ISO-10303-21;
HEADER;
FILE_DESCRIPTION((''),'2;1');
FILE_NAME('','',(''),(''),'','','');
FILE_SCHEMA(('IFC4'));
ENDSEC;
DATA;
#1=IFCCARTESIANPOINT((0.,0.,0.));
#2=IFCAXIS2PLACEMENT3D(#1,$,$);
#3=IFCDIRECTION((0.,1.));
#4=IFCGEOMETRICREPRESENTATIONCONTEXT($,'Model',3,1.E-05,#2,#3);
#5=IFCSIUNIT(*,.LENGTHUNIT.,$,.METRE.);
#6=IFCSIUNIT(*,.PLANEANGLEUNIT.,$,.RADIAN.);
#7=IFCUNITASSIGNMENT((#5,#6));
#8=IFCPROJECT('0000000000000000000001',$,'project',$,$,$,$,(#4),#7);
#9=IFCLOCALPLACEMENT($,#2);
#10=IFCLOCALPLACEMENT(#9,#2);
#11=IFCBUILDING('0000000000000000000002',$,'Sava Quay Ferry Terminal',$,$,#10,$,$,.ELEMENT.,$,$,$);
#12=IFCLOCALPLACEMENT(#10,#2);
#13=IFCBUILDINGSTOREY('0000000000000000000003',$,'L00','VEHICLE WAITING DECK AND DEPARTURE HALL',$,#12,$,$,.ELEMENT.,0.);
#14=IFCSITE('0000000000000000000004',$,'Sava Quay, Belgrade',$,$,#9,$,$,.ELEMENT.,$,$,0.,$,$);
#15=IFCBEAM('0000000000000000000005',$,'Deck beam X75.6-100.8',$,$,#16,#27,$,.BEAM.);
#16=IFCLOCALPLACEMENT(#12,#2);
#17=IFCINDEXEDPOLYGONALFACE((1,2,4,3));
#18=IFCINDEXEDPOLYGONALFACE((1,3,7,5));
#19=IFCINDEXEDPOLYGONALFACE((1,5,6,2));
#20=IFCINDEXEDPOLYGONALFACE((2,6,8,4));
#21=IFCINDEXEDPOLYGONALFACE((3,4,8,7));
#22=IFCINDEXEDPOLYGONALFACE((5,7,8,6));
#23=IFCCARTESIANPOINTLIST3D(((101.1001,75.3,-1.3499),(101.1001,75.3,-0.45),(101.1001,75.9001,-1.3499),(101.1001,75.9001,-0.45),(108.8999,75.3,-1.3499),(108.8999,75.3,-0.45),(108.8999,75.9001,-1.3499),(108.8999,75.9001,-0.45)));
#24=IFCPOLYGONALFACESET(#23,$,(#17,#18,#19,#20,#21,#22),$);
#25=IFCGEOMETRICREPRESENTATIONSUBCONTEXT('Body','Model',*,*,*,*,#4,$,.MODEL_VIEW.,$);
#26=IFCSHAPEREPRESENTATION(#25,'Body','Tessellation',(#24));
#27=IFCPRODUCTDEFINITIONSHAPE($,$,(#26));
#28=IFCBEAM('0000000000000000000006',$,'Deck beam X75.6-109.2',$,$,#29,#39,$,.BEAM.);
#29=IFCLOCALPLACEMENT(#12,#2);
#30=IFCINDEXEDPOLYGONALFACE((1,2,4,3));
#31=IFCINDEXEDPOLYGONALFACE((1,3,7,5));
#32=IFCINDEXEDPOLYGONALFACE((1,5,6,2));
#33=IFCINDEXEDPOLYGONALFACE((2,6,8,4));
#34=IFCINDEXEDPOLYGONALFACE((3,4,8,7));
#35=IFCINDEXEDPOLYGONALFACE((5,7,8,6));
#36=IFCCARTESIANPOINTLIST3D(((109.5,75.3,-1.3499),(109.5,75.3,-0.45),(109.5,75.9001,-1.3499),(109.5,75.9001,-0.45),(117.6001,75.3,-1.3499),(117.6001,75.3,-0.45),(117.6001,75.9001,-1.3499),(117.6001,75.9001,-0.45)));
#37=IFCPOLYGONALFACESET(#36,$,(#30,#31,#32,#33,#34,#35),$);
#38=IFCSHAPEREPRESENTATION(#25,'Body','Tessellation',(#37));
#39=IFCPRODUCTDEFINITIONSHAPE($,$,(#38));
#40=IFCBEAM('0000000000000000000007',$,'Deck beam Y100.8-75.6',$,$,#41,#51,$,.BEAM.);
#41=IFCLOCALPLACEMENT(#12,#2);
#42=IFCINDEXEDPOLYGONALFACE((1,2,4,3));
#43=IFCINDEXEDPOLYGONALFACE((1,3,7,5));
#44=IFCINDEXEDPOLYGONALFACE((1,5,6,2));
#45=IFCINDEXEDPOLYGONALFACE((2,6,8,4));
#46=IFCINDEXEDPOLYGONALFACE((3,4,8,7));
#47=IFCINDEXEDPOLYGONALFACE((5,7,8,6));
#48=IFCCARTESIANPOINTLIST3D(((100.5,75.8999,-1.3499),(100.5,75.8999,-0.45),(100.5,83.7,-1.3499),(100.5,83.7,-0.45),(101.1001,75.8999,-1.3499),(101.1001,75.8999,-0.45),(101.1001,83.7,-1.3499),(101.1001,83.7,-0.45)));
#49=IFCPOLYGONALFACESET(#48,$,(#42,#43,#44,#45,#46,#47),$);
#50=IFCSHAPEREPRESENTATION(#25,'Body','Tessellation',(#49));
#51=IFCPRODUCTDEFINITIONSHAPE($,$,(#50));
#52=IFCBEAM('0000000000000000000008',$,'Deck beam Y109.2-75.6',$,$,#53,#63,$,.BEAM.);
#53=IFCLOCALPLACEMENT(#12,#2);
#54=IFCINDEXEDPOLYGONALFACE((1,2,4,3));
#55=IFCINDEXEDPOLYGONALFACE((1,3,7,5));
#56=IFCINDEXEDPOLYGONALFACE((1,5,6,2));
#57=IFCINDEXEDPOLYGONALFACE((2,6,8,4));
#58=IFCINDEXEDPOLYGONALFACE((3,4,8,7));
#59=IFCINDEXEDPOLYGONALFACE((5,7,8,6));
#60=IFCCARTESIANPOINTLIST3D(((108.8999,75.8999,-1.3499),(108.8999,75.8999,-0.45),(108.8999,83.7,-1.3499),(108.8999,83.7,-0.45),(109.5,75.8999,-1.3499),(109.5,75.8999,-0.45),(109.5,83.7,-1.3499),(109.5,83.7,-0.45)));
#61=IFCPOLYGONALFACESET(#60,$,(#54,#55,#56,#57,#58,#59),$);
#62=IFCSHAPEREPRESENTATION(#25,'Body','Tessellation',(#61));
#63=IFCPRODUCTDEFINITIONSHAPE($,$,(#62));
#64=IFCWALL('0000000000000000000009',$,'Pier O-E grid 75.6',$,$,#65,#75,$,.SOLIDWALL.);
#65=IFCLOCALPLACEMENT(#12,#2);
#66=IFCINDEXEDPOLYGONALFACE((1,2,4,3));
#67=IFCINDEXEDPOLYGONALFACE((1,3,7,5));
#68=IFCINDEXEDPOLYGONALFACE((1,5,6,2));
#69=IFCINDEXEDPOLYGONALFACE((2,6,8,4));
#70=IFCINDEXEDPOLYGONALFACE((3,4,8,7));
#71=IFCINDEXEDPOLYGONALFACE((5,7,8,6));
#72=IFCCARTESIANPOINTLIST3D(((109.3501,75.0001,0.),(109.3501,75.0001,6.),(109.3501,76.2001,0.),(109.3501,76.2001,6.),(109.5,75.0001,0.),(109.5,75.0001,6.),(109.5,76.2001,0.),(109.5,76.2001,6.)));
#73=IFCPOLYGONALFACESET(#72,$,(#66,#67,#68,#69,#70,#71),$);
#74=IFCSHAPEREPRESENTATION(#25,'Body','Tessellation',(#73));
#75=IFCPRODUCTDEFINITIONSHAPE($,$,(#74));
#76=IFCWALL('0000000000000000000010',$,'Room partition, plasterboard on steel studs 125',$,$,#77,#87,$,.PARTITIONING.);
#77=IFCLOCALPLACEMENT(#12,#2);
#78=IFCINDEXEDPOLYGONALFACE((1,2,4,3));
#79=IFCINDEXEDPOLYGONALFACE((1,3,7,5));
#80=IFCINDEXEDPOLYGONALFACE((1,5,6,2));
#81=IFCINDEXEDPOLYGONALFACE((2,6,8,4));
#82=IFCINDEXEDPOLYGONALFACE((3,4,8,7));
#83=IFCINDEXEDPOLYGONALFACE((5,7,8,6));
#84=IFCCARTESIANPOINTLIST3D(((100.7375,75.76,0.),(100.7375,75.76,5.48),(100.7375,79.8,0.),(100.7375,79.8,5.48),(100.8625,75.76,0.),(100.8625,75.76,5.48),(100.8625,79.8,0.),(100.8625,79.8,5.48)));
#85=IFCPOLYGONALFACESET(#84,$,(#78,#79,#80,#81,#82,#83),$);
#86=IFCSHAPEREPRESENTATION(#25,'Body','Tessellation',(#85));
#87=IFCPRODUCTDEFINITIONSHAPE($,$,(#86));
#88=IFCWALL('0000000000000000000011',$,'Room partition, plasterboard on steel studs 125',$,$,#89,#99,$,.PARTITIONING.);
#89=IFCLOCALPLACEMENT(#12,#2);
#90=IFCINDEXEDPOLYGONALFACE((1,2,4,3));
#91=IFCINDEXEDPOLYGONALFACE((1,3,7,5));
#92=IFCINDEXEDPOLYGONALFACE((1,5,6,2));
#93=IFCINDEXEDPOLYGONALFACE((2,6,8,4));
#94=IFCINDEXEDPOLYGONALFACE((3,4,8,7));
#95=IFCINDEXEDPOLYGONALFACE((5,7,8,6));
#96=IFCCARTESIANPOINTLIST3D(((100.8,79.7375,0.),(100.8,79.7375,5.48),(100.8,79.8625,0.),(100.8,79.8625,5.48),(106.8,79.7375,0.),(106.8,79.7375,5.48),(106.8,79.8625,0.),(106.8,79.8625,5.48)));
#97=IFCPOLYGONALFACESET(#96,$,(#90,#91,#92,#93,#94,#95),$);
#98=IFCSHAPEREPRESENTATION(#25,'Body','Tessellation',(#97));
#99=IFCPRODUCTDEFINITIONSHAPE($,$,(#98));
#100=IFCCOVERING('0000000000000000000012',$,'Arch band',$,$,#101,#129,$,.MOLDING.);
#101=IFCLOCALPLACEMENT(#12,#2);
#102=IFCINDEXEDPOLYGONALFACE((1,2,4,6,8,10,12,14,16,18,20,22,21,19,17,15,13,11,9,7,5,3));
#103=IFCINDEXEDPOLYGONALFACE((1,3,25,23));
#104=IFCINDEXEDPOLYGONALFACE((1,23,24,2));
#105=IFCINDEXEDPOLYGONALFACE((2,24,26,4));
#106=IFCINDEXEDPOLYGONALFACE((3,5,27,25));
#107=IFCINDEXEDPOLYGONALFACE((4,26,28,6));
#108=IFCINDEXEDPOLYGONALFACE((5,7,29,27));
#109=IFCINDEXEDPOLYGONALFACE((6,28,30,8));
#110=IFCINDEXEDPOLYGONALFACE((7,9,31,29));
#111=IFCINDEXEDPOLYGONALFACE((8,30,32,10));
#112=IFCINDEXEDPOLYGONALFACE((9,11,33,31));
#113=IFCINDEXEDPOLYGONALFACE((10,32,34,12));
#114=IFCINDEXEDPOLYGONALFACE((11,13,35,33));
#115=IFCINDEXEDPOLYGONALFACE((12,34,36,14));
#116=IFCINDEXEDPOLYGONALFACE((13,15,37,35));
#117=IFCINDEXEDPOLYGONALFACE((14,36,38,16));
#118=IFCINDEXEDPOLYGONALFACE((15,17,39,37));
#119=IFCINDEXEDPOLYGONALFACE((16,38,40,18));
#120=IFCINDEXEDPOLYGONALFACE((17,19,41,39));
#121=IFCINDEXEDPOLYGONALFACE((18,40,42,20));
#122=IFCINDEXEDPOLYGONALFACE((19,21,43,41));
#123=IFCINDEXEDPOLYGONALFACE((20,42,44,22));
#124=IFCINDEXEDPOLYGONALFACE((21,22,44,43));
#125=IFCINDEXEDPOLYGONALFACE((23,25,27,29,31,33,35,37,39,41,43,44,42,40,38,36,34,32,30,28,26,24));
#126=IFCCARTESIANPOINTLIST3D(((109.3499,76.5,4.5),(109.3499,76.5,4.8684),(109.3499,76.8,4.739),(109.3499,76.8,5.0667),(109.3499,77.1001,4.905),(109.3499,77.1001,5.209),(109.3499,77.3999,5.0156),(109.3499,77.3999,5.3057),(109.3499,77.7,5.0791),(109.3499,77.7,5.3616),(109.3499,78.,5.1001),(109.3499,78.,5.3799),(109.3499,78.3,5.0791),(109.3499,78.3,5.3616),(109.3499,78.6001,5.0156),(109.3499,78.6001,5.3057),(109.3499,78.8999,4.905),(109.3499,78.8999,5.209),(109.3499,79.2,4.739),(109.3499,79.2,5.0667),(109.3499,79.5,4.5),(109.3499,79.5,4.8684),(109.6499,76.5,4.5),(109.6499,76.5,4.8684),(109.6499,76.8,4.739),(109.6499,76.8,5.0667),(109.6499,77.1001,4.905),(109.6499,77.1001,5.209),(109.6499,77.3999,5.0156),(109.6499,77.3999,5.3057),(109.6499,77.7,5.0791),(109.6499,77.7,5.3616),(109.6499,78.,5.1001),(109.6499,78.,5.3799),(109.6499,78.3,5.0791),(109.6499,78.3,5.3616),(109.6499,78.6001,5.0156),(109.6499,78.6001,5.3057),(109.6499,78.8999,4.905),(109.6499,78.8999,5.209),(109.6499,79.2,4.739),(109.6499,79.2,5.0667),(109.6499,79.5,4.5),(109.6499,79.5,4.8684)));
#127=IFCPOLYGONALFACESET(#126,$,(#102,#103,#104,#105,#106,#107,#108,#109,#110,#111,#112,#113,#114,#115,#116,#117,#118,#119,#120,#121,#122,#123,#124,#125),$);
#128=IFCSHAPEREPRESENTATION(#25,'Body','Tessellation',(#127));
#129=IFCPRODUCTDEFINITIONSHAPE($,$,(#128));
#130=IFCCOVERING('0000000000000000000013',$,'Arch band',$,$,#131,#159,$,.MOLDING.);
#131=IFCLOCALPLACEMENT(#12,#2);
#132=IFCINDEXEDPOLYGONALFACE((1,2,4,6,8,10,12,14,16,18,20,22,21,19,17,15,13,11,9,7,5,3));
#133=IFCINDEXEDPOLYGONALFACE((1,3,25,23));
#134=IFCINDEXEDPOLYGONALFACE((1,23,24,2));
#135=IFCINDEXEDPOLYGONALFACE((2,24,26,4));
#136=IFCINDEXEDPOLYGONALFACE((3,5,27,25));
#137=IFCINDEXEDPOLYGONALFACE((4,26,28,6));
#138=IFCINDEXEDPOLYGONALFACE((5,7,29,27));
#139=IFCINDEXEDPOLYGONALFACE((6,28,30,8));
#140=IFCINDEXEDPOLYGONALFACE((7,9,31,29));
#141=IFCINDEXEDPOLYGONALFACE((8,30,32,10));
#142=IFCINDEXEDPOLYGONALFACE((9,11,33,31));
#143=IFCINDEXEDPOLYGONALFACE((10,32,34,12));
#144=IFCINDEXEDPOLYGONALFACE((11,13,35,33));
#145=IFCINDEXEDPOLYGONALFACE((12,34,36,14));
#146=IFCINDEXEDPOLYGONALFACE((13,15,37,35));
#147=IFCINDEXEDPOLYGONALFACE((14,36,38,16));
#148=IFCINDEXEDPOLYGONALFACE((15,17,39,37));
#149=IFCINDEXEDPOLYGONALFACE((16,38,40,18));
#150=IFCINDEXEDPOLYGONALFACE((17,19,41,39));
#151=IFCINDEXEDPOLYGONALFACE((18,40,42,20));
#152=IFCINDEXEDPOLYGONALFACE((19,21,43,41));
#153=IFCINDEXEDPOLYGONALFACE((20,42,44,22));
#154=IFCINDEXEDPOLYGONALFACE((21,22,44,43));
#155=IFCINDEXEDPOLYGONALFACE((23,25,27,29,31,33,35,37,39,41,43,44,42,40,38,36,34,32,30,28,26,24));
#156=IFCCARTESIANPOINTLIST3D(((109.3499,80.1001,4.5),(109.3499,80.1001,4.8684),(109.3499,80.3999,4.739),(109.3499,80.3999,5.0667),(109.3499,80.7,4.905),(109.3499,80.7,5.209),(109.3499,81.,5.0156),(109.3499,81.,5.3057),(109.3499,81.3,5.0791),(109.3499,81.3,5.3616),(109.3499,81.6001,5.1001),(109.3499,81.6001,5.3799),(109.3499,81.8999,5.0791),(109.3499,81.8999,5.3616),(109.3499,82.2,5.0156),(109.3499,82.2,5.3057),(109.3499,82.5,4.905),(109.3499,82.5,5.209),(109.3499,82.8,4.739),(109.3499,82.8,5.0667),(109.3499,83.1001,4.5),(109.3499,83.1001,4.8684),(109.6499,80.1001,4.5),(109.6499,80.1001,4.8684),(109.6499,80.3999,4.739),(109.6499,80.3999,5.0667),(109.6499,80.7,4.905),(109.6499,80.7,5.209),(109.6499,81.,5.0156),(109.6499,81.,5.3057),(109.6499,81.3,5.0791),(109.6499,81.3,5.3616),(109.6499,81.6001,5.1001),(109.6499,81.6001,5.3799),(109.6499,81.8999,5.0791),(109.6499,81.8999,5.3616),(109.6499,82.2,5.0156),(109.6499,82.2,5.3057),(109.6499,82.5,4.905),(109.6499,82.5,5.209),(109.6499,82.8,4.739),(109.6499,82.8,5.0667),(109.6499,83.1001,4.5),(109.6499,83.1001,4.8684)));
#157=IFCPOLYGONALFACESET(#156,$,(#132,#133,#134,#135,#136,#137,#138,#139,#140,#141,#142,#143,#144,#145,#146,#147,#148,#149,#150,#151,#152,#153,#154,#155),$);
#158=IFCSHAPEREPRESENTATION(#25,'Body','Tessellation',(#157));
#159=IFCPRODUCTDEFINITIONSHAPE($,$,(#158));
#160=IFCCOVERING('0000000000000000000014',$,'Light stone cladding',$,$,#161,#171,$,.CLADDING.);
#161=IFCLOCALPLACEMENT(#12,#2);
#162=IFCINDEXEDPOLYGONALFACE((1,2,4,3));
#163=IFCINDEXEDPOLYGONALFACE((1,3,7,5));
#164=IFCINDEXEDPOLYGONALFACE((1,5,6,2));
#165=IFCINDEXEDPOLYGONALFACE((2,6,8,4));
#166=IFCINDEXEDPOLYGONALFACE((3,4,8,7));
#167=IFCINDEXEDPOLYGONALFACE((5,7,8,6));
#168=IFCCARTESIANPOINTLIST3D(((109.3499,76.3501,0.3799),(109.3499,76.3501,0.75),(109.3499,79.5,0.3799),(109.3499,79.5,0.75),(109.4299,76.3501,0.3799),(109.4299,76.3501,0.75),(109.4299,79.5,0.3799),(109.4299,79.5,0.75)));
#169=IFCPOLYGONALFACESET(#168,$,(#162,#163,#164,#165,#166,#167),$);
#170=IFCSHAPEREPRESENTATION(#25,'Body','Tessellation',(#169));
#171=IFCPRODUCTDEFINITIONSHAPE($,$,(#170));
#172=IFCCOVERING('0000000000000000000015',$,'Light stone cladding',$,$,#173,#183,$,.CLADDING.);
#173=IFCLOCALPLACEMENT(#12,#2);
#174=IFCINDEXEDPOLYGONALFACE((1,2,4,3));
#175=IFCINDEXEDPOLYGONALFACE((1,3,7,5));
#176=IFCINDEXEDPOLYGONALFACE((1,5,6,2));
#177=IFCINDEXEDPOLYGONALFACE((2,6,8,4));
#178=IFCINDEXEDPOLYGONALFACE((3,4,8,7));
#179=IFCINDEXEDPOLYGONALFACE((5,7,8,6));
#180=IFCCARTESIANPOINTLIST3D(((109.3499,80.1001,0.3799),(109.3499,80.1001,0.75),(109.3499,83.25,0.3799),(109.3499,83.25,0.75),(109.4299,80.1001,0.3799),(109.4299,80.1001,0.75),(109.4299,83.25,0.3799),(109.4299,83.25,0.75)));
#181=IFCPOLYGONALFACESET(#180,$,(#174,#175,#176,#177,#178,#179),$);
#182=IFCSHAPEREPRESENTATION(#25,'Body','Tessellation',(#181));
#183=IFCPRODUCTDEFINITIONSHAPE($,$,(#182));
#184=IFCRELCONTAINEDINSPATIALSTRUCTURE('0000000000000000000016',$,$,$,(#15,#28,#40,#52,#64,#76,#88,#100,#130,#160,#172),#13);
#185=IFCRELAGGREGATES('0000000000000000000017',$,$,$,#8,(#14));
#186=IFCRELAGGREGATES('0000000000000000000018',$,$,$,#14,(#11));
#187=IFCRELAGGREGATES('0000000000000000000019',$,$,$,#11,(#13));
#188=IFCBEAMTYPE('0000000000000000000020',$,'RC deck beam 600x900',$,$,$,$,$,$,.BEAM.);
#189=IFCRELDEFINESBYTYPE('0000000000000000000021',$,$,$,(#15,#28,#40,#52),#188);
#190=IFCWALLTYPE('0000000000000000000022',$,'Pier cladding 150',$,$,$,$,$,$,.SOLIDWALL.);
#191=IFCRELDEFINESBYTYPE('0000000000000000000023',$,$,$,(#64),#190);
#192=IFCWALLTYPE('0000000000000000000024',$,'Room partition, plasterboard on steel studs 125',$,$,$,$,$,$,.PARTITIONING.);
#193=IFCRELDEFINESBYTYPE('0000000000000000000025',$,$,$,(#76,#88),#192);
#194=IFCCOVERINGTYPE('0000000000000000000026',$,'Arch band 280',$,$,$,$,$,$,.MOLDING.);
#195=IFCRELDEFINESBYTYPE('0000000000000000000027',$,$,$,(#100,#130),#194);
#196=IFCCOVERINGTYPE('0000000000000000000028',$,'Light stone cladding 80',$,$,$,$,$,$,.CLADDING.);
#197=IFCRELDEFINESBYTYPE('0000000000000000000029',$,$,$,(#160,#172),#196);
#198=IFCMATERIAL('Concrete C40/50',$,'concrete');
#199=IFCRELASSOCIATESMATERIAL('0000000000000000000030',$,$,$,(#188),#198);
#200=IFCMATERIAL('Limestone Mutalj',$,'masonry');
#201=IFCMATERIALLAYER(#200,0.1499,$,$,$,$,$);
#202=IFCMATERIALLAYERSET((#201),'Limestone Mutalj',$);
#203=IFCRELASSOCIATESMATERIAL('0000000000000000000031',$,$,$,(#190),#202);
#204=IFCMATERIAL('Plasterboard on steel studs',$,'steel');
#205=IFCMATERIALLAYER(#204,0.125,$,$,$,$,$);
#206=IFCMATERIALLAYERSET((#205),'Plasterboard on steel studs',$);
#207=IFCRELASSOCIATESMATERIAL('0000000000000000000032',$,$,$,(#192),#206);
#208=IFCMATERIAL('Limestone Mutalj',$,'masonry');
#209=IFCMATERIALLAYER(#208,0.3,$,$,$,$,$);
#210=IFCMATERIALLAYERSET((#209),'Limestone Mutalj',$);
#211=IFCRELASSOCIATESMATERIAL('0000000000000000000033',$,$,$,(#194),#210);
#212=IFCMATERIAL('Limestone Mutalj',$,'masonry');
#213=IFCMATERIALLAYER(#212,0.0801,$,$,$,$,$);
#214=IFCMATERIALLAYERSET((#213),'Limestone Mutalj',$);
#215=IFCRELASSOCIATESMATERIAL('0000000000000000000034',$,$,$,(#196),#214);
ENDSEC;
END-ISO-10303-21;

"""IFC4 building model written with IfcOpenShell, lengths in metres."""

from ifc_helpers import new_model, si_unit, direction, frame, frame_2d, origin, origin_2d, place, context, subcontext, project, spatial, polyline, rectangle, outline, extrude, material, layer, layer_set, material_profile, profile_set, type_object, element, save


model = new_model("IFC4")

# Units and contexts
model_context = context("Model", 3, precision=1e-05, world=origin(), true_north=direction((0.0, 1.0)))
body_context = subcontext(model_context, "Body", "Model", "MODEL_VIEW")
ifc_project = project(units=[si_unit("LENGTHUNIT", "METRE"), si_unit("PLANEANGLEUNIT", "RADIAN")], contexts=[model_context])

# Site, building, storey
site_placement = place(None, origin())
site = spatial("IfcSite", under=ifc_project, at=site_placement, Name="Sava Quay, Belgrade", CompositionType="ELEMENT", RefElevation=0.0)
building_placement = place(site_placement, origin())
building = spatial("IfcBuilding", under=site, at=building_placement, Name="Sava Quay Ferry Terminal", CompositionType="ELEMENT")
storey_placement = place(building_placement, origin())
storey = spatial("IfcBuildingStorey", under=building, at=storey_placement, Name="L00", Description="VEHICLE WAITING DECK AND DEPARTURE HALL", CompositionType="ELEMENT", Elevation=0.0)

# Beams
ifc_material_1 = material(Name="Concrete C40/50", Category="concrete")
ifc_material_profile_1 = material_profile(ifc_material_1, rectangle(XDim=0.6001, YDim=0.8999, at=origin_2d()), Name="RC 600x900")
ifc_profile_set_1 = profile_set([ifc_material_profile_1], Name="Concrete C40/50")
beam_type = type_object("IfcBeamType", Name="RC deck beam 600x900", PredefinedType="BEAM", material=ifc_profile_set_1)
beam_1_placement = place(storey_placement, frame((101.1001, 75.6001, -0.8999), z_axis=(1.0, 0.0, 0.0), x_axis=(0.0, 1.0, 0.0)))
element("IfcBeam", 1, at=beam_1_placement, inside=storey, type_object=beam_type, Name="Deck beam X75.6-100.8", PredefinedType="BEAM", context=body_context, shape_type="SweptSolid", body=[
    extrude(rectangle(XDim=0.6001, YDim=0.8999, at=origin_2d()), origin(), (0.0, 0.0, 1.0), 7.7998),
])
beam_2_placement = place(storey_placement, frame((109.5, 75.6001, -0.8999), z_axis=(1.0, 0.0, 0.0), x_axis=(0.0, 1.0, 0.0)))
element("IfcBeam", 2, at=beam_2_placement, inside=storey, type_object=beam_type, Name="Deck beam X75.6-109.2", PredefinedType="BEAM", context=body_context, shape_type="SweptSolid", body=[
    extrude(rectangle(XDim=0.6001, YDim=0.8999, at=origin_2d()), origin(), (0.0, 0.0, 1.0), 8.1001),
])
for number, where, z_axis, x_axis, name in (
    (3, (100.8, 75.8999, -0.8999), (0.0, 1.0, 0.0), (-1.0, 0.0, 0.0), "Deck beam Y100.8-75.6"),
    (4, (109.2, 75.8999, -0.8999), (0.0, 1.0, 0.0), (-1.0, 0.0, 0.0), "Deck beam Y109.2-75.6"),
):
    element("IfcBeam", number, at=place(storey_placement, frame(where, z_axis=z_axis, x_axis=x_axis)), inside=storey, type_object=beam_type, Name=name, PredefinedType="BEAM", context=body_context, shape_type="SweptSolid", body=[
        extrude(rectangle(XDim=0.6001, YDim=0.8999, at=origin_2d()), origin(), (0.0, 0.0, 1.0), 7.8),
    ])

# Walls
ifc_material_2 = material(Name="Limestone Mutalj", Category="masonry")
ifc_layer_1 = layer(ifc_material_2, 0.1499)
ifc_layer_set_1 = layer_set([ifc_layer_1], Name="Limestone Mutalj")
wall_type_1 = type_object("IfcWallType", Name="Pier cladding 150", PredefinedType="SOLIDWALL", material=ifc_layer_set_1)
wall_1_placement = place(storey_placement, frame((109.425, 75.0, 0.0), z_axis=(0.0, 0.0, 1.0), x_axis=(0.0, 1.0, 0.0)))
element("IfcWall", 5, at=wall_1_placement, inside=storey, type_object=wall_type_1, Name="Pier O-E grid 75.6", PredefinedType="SOLIDWALL", context=body_context, shape_type="SweptSolid", body=[
    extrude(rectangle(XDim=1.2, YDim=0.1499, at=frame_2d((0.6001, 0.0))), origin(), (0.0, 0.0, 1.0), 6.0),
])
ifc_material_3 = material(Name="Plasterboard on steel studs", Category="steel")
ifc_layer_2 = layer(ifc_material_3, 0.125)
ifc_layer_set_2 = layer_set([ifc_layer_2], Name="Plasterboard on steel studs")
wall_type_2 = type_object("IfcWallType", Name="Room partition, plasterboard on steel studs 125", PredefinedType="PARTITIONING", material=ifc_layer_set_2)
wall_2_placement = place(storey_placement, frame((100.8, 75.76, 0.0), z_axis=(0.0, 0.0, 1.0), x_axis=(0.0, 1.0, 0.0)))
element("IfcWall", 6, at=wall_2_placement, inside=storey, type_object=wall_type_2, Name="Room partition, plasterboard on steel studs 125", PredefinedType="PARTITIONING", context=body_context, shape_type="SweptSolid", body=[
    extrude(rectangle(XDim=4.04, YDim=0.125, at=frame_2d((2.02, 0.0))), origin(), (0.0, 0.0, 1.0), 5.48),
])
wall_3_placement = place(storey_placement, frame((100.8, 79.8, 0.0), z_axis=(0.0, 0.0, 1.0), x_axis=(1.0, 0.0, 0.0)))
element("IfcWall", 7, at=wall_3_placement, inside=storey, type_object=wall_type_2, Name="Room partition, plasterboard on steel studs 125", PredefinedType="PARTITIONING", context=body_context, shape_type="SweptSolid", body=[
    extrude(rectangle(XDim=6.0, YDim=0.125, at=frame_2d((3.0, 0.0))), origin(), (0.0, 0.0, 1.0), 5.48),
])

# Coverings
ifc_material_4 = material(Name="Limestone Mutalj", Category="masonry")
ifc_layer_3 = layer(ifc_material_4, 0.3)
ifc_layer_set_3 = layer_set([ifc_layer_3], Name="Limestone Mutalj")
covering_type_1 = type_object("IfcCoveringType", Name="Arch band 280", PredefinedType="MOLDING", material=ifc_layer_set_3)
covering_1_placement = place(storey_placement, frame((109.6499, 76.5, 4.5), z_axis=(1.0, 0.0, 0.0), x_axis=(0.0, 0.782171, 0.623064)))
element("IfcCovering", 8, at=covering_1_placement, inside=storey, type_object=covering_type_1, Name="Arch band", PredefinedType="MOLDING", context=body_context, shape_type="SweptSolid", body=[
    extrude(outline(polyline([(0.0, 0.0), (0.3836, 0.0), (0.7217, -0.0571), (1.0251, -0.1574), (1.2994, -0.2947), (1.5472, -0.4652), (1.7688, -0.6686), (1.9639, -0.9052), (2.1295, -1.1785), (2.2607, -1.4953), (2.3465, -1.8692), (2.5761, -1.581), (2.4649, -1.239), (2.3189, -0.9407), (2.1446, -0.6783), (1.9448, -0.4476), (1.7215, -0.2464), (1.4754, -0.0737), (1.2059, 0.0695), (0.9111, 0.1806), (0.5877, 0.2563), (0.2295, 0.2882), (0.0, 0.0)])), origin(), (0.0, 0.0, -1.0), 0.3),
])
covering_2_placement = place(storey_placement, frame((109.6499, 80.1001, 4.5), z_axis=(1.0, 0.0, 0.0), x_axis=(0.0, 0.781924, 0.623374)))
element("IfcCovering", 9, at=covering_2_placement, inside=storey, type_object=covering_type_1, Name="Arch band", PredefinedType="MOLDING", context=body_context, shape_type="SweptSolid", body=[
    extrude(outline(polyline([(0.0, 0.0), (0.3834, 0.0), (0.7215, -0.0572), (1.0251, -0.1578), (1.2993, -0.2952), (1.547, -0.4658), (1.7683, -0.6691), (1.9634, -0.9058), (2.129, -1.1793), (2.2602, -1.4962), (2.3458, -1.8701), (2.5754, -1.5821), (2.4644, -1.24), (2.3185, -0.9417), (2.1442, -0.679), (1.9444, -0.4483), (1.7214, -0.2471), (1.4754, -0.0743), (1.2059, 0.069), (0.911, 0.1804), (0.5877, 0.2562), (0.2297, 0.2881), (0.0, 0.0)])), origin(), (0.0, 0.0, -1.0), 0.3),
])
ifc_material_5 = material(Name="Limestone Mutalj", Category="masonry")
ifc_layer_4 = layer(ifc_material_5, 0.0801)
ifc_layer_set_4 = layer_set([ifc_layer_4], Name="Limestone Mutalj")
covering_type_2 = type_object("IfcCoveringType", Name="Light stone cladding 80", PredefinedType="CLADDING", material=ifc_layer_set_4)
for number, where, z_axis, x_axis, name in (
    (10, (109.3899, 77.925, 0.3799), (0.0, 0.0, 1.0), (1.0, 0.0, 0.0), "Light stone cladding"),
    (11, (109.3899, 81.675, 0.3799), (0.0, 0.0, 1.0), (1.0, 0.0, 0.0), "Light stone cladding"),
):
    element("IfcCovering", number, at=place(storey_placement, frame(where, z_axis=z_axis, x_axis=x_axis)), inside=storey, type_object=covering_type_2, Name=name, PredefinedType="CLADDING", context=body_context, shape_type="SweptSolid", body=[
        extrude(rectangle(XDim=0.0801, YDim=3.1499, at=origin_2d()), origin(), (0.0, 0.0, 1.0), 0.3701),
    ])

save(model, "model.ifc")
